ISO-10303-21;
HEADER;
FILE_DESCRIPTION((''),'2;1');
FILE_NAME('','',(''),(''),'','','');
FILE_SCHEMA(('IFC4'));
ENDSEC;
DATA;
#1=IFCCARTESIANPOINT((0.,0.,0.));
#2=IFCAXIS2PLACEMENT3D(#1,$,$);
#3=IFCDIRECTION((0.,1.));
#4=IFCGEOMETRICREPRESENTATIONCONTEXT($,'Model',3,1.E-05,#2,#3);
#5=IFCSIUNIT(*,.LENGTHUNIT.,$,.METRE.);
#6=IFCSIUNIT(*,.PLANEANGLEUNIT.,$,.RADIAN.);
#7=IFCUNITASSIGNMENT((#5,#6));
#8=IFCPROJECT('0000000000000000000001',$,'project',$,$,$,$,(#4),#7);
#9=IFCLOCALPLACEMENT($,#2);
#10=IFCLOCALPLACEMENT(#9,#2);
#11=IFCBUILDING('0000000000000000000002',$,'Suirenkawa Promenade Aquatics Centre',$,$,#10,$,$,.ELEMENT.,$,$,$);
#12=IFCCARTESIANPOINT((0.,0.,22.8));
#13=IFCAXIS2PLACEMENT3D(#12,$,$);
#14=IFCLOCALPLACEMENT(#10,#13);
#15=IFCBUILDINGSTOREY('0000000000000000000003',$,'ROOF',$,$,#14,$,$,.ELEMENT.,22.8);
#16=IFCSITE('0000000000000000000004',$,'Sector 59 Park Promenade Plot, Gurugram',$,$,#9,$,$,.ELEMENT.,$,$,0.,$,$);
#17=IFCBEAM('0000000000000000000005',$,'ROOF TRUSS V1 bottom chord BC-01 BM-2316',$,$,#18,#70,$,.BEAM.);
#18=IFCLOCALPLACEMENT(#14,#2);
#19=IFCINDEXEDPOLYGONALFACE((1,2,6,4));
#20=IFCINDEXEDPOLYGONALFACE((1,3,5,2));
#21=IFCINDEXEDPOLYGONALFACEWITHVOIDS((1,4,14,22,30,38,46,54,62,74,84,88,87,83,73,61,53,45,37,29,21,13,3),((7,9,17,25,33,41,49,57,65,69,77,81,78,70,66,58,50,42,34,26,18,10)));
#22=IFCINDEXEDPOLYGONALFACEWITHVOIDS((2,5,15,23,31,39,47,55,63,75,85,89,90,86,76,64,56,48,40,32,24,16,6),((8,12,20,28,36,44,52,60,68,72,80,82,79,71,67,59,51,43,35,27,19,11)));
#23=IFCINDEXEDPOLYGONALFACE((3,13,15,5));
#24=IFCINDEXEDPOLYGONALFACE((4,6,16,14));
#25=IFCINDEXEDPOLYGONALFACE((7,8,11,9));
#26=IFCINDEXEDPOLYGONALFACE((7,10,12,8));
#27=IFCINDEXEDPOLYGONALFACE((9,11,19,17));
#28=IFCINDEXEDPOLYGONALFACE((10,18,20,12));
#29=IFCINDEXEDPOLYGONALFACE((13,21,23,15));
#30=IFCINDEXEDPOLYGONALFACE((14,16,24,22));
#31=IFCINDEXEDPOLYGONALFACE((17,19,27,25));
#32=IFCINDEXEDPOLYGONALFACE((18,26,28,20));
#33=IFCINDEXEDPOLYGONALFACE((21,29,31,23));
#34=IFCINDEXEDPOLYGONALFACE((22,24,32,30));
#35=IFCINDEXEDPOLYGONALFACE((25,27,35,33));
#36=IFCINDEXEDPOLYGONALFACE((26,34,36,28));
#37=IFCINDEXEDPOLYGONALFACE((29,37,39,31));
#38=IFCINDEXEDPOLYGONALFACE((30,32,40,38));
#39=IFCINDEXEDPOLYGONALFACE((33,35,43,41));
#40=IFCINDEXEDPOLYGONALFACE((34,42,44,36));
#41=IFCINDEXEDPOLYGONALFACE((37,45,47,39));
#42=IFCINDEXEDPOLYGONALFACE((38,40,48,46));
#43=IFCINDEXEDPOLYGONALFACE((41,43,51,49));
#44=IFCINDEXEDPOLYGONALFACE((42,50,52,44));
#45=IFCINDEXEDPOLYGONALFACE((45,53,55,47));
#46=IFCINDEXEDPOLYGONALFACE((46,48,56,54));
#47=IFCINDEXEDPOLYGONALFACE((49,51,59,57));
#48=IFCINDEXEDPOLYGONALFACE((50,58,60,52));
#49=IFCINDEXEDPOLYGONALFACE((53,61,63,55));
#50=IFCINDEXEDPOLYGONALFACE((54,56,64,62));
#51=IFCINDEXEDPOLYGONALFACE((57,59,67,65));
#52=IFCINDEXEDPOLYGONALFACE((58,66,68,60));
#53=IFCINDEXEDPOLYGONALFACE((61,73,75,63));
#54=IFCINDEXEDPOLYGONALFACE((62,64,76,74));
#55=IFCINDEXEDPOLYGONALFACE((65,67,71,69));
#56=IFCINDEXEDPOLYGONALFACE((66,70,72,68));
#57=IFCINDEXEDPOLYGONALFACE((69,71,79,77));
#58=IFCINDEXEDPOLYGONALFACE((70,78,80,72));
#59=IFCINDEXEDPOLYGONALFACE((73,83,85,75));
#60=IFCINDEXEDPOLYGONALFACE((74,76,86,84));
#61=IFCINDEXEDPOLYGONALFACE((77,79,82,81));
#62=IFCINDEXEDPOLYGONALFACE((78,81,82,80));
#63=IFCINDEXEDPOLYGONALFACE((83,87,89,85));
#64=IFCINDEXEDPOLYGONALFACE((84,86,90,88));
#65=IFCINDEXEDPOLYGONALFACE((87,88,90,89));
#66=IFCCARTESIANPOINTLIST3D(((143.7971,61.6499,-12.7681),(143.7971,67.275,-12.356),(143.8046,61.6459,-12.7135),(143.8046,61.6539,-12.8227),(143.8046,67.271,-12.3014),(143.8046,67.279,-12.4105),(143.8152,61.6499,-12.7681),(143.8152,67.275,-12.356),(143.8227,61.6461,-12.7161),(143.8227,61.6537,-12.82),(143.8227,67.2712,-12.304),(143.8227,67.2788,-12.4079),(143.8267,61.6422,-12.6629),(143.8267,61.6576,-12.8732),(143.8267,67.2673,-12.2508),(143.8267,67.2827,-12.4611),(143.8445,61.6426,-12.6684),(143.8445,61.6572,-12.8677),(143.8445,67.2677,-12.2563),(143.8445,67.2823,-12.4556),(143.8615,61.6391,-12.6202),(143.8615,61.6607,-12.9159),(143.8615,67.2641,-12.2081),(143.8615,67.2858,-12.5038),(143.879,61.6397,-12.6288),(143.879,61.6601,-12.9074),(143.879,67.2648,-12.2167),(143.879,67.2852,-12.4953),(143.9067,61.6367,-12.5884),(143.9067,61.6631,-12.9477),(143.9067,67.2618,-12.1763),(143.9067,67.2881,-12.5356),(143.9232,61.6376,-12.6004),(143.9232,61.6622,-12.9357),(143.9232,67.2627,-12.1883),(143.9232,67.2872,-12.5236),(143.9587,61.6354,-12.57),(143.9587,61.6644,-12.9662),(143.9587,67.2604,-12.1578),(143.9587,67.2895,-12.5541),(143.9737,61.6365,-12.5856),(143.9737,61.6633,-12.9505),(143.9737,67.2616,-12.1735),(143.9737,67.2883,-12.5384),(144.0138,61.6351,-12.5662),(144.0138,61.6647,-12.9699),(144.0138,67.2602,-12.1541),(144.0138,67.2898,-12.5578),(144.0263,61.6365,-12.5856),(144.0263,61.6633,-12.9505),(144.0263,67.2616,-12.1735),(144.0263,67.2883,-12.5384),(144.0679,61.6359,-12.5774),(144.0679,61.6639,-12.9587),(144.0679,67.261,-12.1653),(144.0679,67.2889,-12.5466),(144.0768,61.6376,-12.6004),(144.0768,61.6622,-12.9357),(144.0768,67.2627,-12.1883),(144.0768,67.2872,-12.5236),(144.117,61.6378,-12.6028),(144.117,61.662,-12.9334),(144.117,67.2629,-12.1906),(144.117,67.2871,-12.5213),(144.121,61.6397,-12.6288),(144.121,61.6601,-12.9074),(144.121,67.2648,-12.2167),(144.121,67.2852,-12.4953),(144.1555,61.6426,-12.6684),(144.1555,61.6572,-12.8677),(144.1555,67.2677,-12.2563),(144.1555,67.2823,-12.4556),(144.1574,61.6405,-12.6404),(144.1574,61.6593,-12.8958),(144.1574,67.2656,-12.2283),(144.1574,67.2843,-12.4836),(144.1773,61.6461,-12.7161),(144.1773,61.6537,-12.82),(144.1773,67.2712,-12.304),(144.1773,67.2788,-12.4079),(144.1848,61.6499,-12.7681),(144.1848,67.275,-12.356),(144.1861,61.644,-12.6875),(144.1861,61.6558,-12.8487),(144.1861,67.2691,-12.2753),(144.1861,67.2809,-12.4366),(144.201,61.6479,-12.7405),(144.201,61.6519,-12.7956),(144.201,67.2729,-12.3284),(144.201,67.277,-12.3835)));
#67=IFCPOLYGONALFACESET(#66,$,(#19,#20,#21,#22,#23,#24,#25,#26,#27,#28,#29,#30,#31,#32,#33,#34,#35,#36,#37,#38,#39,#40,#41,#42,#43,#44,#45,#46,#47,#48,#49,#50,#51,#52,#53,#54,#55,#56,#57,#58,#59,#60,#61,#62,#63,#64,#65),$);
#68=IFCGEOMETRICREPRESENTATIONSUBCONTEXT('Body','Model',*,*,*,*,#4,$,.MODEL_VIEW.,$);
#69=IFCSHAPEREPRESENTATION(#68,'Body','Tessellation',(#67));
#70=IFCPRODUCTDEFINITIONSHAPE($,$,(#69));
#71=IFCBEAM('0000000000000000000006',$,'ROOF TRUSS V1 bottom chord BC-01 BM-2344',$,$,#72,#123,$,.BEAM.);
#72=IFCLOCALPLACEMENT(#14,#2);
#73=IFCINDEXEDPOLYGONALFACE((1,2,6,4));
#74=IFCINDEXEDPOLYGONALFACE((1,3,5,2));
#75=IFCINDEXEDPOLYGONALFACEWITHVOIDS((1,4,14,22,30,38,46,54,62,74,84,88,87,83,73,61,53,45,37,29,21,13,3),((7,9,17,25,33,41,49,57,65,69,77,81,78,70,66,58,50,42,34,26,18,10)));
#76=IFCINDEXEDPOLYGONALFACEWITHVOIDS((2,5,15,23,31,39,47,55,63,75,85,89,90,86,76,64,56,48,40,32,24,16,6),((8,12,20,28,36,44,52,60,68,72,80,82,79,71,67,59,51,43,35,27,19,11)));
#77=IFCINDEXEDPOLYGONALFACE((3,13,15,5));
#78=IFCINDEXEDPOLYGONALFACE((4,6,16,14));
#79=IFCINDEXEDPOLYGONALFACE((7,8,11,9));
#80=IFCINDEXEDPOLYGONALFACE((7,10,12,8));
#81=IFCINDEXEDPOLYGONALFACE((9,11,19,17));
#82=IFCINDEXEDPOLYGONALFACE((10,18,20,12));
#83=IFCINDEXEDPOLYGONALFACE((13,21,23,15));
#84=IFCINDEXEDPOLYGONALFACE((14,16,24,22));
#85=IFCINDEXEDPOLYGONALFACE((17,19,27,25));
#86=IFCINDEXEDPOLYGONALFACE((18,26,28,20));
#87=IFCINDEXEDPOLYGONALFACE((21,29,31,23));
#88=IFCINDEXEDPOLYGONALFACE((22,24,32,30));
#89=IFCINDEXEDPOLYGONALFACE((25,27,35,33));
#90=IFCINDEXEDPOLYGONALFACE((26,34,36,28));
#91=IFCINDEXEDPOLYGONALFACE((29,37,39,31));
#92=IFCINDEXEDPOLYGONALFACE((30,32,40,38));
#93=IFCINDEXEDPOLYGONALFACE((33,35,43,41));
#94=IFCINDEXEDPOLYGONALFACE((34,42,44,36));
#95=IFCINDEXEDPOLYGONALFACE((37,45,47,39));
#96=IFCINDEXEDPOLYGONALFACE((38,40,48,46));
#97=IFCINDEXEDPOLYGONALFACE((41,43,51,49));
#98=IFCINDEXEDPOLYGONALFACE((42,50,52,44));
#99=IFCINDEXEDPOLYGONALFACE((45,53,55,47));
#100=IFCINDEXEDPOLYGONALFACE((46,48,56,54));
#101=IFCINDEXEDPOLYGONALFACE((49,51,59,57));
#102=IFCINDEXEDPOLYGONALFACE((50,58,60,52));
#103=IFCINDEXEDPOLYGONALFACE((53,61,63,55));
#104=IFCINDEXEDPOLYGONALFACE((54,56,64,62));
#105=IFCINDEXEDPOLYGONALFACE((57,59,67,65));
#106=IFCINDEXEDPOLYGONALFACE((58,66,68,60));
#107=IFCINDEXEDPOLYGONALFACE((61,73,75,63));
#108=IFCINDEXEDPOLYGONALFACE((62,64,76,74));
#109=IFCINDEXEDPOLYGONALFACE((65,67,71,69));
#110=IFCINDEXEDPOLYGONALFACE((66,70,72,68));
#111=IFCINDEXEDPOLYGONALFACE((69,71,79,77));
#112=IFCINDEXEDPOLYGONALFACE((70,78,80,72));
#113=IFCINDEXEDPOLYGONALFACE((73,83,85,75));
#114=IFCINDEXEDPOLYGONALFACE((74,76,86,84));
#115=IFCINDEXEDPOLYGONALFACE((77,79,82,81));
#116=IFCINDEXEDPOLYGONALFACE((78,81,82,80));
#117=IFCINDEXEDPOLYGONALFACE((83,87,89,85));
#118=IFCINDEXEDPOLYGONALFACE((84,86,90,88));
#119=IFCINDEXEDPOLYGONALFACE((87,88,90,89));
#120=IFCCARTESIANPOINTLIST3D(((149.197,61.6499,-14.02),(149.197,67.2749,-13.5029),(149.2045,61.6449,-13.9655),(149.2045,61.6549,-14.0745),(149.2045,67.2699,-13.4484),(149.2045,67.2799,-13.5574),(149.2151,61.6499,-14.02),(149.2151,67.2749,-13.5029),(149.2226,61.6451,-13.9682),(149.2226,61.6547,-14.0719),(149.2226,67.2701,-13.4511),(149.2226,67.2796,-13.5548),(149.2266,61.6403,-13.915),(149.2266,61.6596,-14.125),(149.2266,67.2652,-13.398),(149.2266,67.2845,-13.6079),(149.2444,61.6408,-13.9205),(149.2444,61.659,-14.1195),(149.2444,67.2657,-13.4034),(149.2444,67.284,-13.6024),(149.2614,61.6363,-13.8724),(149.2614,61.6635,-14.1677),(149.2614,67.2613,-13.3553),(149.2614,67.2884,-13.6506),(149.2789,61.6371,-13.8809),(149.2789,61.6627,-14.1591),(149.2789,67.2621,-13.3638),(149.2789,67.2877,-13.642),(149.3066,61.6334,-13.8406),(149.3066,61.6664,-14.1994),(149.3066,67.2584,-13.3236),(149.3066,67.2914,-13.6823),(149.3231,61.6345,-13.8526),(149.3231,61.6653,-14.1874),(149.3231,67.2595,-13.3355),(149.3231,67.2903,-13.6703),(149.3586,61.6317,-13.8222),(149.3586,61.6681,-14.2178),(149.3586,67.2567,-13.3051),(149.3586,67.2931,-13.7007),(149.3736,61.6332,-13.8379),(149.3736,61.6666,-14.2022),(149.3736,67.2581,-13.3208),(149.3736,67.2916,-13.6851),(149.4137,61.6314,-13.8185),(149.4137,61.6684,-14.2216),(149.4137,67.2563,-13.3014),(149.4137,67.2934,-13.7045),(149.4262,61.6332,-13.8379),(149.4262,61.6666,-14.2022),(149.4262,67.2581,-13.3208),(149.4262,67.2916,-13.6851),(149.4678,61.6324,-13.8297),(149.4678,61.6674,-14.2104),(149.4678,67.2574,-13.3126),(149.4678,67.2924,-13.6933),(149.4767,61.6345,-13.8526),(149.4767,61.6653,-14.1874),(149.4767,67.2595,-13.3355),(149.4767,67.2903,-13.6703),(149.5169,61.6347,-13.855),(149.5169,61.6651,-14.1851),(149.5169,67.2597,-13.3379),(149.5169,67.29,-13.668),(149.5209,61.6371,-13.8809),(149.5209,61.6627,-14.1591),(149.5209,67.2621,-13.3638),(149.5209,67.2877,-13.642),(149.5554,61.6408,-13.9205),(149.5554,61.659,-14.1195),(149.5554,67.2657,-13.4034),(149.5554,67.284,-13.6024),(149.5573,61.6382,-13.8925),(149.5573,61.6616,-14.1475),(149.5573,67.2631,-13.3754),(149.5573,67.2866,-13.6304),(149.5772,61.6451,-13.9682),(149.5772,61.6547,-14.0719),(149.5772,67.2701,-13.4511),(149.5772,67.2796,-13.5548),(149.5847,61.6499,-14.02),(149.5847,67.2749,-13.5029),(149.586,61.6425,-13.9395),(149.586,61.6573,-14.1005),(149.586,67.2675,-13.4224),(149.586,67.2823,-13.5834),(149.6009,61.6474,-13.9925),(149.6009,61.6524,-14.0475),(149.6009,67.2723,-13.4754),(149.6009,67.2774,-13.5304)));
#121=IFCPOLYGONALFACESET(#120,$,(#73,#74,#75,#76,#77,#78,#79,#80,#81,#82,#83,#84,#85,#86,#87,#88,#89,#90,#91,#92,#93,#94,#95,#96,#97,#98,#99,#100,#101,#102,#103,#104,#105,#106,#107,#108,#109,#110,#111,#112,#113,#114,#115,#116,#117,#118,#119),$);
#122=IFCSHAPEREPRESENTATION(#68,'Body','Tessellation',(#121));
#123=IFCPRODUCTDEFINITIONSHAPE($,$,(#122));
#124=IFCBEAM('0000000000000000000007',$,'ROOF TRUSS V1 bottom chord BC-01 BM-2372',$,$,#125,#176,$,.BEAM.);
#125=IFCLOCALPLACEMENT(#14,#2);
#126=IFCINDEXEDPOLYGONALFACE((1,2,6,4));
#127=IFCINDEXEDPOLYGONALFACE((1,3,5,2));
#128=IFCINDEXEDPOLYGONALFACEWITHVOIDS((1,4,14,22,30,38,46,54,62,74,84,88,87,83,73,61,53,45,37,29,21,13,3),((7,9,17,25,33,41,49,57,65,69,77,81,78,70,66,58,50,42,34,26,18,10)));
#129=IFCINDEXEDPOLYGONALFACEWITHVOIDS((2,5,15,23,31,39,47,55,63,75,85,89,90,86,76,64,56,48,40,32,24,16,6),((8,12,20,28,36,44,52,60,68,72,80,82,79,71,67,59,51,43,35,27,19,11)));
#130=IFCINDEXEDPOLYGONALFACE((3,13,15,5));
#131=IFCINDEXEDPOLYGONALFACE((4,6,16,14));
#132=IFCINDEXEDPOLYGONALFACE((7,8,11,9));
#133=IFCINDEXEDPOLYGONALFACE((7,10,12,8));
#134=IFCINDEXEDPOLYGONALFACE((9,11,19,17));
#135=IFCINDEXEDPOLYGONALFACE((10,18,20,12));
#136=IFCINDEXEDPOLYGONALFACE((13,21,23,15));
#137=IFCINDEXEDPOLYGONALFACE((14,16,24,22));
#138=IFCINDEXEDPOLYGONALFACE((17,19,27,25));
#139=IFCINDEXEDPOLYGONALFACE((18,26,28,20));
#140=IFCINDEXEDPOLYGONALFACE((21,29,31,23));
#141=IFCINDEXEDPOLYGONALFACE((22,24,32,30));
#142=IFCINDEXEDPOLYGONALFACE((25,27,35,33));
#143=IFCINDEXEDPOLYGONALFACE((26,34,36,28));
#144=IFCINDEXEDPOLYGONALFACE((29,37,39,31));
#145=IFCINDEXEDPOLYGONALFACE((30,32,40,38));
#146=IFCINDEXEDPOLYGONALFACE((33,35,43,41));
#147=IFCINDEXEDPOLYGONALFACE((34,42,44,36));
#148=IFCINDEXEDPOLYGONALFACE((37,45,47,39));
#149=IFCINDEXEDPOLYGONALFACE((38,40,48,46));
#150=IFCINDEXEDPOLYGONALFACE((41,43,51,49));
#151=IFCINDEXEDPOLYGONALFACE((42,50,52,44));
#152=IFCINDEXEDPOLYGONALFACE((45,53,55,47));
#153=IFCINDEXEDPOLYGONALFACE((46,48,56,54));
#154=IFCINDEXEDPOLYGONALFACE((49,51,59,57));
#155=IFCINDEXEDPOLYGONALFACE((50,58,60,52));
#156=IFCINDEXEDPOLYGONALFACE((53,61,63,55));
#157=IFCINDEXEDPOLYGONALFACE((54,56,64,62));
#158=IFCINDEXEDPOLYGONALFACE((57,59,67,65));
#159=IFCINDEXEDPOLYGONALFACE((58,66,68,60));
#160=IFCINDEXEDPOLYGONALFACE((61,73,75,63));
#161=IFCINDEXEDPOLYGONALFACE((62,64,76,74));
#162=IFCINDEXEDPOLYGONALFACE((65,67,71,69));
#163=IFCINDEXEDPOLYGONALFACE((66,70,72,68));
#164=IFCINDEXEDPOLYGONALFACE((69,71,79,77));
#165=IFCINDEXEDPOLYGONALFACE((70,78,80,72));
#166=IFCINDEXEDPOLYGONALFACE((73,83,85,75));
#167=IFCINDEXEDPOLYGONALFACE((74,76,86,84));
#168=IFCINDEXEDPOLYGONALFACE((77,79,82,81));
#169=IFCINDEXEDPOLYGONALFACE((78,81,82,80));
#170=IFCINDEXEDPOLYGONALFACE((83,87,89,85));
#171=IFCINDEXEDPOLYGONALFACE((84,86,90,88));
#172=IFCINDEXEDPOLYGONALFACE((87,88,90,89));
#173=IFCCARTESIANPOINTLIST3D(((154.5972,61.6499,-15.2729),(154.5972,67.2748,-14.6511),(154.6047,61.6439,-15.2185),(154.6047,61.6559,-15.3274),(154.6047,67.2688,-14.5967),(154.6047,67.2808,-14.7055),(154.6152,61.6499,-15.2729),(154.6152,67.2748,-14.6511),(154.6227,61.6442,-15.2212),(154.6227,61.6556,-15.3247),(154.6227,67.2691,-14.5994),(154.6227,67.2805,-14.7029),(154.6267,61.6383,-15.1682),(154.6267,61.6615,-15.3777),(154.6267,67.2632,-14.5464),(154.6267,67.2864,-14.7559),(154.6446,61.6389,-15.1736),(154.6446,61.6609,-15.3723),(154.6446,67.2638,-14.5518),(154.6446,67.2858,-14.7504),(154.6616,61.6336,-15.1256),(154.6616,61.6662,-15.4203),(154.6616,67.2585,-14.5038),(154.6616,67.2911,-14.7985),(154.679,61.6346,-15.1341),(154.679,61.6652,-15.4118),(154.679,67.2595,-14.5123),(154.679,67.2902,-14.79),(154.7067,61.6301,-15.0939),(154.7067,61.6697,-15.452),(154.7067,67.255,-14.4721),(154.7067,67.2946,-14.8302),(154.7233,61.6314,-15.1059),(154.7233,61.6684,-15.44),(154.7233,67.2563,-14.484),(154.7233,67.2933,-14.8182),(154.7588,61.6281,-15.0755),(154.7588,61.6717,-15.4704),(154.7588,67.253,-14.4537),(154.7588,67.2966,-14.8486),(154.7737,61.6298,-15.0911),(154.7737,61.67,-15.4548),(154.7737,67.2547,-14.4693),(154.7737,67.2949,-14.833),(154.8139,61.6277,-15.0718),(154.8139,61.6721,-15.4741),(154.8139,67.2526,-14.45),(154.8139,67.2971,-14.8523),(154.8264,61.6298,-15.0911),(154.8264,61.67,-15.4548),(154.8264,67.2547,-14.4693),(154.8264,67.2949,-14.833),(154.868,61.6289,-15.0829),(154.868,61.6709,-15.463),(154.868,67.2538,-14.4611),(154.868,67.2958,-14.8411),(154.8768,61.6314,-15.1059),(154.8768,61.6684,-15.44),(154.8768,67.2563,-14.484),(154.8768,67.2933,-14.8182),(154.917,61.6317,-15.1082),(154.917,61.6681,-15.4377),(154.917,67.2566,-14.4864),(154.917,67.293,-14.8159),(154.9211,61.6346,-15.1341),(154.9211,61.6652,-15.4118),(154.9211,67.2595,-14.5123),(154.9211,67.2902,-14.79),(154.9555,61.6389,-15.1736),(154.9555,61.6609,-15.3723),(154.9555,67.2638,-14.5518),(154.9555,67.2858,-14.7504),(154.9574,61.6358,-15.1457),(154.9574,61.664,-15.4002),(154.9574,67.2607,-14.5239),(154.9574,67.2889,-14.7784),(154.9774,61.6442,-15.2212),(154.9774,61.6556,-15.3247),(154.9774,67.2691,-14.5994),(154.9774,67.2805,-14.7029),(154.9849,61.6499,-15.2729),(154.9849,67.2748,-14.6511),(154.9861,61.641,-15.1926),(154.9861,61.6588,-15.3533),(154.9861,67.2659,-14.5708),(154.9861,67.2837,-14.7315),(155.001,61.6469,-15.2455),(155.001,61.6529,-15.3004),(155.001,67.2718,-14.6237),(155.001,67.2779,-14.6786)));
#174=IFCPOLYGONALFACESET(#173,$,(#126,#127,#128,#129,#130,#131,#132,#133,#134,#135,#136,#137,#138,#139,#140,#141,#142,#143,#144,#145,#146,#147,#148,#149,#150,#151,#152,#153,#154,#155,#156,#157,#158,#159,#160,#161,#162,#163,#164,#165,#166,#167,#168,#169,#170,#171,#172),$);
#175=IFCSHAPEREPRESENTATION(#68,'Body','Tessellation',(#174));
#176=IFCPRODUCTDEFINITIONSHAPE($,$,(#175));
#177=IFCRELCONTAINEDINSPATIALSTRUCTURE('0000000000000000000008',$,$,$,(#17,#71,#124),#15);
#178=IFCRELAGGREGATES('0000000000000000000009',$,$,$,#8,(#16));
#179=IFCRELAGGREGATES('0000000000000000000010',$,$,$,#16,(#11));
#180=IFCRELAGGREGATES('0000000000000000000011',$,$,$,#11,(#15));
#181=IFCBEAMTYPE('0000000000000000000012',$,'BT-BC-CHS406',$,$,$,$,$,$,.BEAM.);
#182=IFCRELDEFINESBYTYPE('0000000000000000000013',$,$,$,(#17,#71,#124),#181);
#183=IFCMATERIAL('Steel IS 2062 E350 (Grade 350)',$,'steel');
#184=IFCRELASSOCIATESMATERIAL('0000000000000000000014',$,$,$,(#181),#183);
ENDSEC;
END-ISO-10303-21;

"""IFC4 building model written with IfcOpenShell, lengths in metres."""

from ifc_helpers import new_model, si_unit, direction, frame, origin, origin_2d, place, context, subcontext, project, spatial, hollow_circle, extrude, material, material_profile, profile_set, type_object, element, save


model = new_model("IFC4")

# Units and contexts
model_context = context("Model", 3, precision=1e-05, world=origin(), true_north=direction((0.0, 1.0)))
body_context = subcontext(model_context, "Body", "Model", "MODEL_VIEW")
ifc_project = project(units=[si_unit("LENGTHUNIT", "METRE"), si_unit("PLANEANGLEUNIT", "RADIAN")], contexts=[model_context])

# Site, building, storey
site_placement = place(None, origin())
site = spatial("IfcSite", under=ifc_project, at=site_placement, Name="Sector 59 Park Promenade Plot, Gurugram", CompositionType="ELEMENT", RefElevation=0.0)
building_placement = place(site_placement, origin())
building = spatial("IfcBuilding", under=site, at=building_placement, Name="Suirenkawa Promenade Aquatics Centre", CompositionType="ELEMENT")
storey_placement = place(building_placement, frame((0.0, 0.0, 22.8)))
storey = spatial("IfcBuildingStorey", under=building, at=storey_placement, Name="ROOF", CompositionType="ELEMENT", Elevation=22.8)

# Beams
ifc_material = material(Name="Steel IS 2062 E350 (Grade 350)", Category="steel")
ifc_material_profile_1 = material_profile(ifc_material, hollow_circle(Radius=0.2029, WallThickness=0.0181, at=origin_2d()), Name="CHS 406x18", Category="steel")
ifc_profile_set_1 = profile_set([ifc_material_profile_1], Name="Steel IS 2062 E350 (Grade 350)")
beam_type_1 = type_object("IfcBeamType", Name="BT-BC-CHS406", PredefinedType="BEAM", material=ifc_profile_set_1)
beam_1_placement = place(storey_placement, frame((144.0, 61.6499, -12.7681), z_axis=(0.0, 0.997327, 0.073068), x_axis=(-1.0, 0.0, 0.0)))
element("IfcBeam", 1, at=beam_1_placement, inside=storey, type_object=beam_type_1, Name="ROOF TRUSS V1 bottom chord BC-01 BM-2316", PredefinedType="BEAM", context=body_context, shape_type="SweptSolid", body=[
    extrude(hollow_circle(Radius=0.2029, WallThickness=0.0181, at=origin_2d()), origin(), (0.0, 0.0, 1.0), 5.6401),
])
beam_2_placement = place(storey_placement, frame((149.3999, 61.6499, -14.02), z_axis=(0.0, 0.995801, 0.091541), x_axis=(-1.0, 0.0, 0.0)))
element("IfcBeam", 2, at=beam_2_placement, inside=storey, type_object=beam_type_1, Name="ROOF TRUSS V1 bottom chord BC-01 BM-2344", PredefinedType="BEAM", context=body_context, shape_type="SweptSolid", body=[
    extrude(hollow_circle(Radius=0.2029, WallThickness=0.0181, at=origin_2d()), origin(), (0.0, 0.0, 1.0), 5.6487),
])
beam_3_placement = place(storey_placement, frame((154.8, 61.6499, -15.2729), z_axis=(0.0, 0.993945, 0.109878), x_axis=(-1.0, 0.0, 0.0)))
element("IfcBeam", 3, at=beam_3_placement, inside=storey, type_object=beam_type_1, Name="ROOF TRUSS V1 bottom chord BC-01 BM-2372", PredefinedType="BEAM", context=body_context, shape_type="SweptSolid", body=[
    extrude(hollow_circle(Radius=0.2029, WallThickness=0.0181, at=origin_2d()), origin(), (0.0, 0.0, 1.0), 5.6592),
])

save(model, "model.ifc")
